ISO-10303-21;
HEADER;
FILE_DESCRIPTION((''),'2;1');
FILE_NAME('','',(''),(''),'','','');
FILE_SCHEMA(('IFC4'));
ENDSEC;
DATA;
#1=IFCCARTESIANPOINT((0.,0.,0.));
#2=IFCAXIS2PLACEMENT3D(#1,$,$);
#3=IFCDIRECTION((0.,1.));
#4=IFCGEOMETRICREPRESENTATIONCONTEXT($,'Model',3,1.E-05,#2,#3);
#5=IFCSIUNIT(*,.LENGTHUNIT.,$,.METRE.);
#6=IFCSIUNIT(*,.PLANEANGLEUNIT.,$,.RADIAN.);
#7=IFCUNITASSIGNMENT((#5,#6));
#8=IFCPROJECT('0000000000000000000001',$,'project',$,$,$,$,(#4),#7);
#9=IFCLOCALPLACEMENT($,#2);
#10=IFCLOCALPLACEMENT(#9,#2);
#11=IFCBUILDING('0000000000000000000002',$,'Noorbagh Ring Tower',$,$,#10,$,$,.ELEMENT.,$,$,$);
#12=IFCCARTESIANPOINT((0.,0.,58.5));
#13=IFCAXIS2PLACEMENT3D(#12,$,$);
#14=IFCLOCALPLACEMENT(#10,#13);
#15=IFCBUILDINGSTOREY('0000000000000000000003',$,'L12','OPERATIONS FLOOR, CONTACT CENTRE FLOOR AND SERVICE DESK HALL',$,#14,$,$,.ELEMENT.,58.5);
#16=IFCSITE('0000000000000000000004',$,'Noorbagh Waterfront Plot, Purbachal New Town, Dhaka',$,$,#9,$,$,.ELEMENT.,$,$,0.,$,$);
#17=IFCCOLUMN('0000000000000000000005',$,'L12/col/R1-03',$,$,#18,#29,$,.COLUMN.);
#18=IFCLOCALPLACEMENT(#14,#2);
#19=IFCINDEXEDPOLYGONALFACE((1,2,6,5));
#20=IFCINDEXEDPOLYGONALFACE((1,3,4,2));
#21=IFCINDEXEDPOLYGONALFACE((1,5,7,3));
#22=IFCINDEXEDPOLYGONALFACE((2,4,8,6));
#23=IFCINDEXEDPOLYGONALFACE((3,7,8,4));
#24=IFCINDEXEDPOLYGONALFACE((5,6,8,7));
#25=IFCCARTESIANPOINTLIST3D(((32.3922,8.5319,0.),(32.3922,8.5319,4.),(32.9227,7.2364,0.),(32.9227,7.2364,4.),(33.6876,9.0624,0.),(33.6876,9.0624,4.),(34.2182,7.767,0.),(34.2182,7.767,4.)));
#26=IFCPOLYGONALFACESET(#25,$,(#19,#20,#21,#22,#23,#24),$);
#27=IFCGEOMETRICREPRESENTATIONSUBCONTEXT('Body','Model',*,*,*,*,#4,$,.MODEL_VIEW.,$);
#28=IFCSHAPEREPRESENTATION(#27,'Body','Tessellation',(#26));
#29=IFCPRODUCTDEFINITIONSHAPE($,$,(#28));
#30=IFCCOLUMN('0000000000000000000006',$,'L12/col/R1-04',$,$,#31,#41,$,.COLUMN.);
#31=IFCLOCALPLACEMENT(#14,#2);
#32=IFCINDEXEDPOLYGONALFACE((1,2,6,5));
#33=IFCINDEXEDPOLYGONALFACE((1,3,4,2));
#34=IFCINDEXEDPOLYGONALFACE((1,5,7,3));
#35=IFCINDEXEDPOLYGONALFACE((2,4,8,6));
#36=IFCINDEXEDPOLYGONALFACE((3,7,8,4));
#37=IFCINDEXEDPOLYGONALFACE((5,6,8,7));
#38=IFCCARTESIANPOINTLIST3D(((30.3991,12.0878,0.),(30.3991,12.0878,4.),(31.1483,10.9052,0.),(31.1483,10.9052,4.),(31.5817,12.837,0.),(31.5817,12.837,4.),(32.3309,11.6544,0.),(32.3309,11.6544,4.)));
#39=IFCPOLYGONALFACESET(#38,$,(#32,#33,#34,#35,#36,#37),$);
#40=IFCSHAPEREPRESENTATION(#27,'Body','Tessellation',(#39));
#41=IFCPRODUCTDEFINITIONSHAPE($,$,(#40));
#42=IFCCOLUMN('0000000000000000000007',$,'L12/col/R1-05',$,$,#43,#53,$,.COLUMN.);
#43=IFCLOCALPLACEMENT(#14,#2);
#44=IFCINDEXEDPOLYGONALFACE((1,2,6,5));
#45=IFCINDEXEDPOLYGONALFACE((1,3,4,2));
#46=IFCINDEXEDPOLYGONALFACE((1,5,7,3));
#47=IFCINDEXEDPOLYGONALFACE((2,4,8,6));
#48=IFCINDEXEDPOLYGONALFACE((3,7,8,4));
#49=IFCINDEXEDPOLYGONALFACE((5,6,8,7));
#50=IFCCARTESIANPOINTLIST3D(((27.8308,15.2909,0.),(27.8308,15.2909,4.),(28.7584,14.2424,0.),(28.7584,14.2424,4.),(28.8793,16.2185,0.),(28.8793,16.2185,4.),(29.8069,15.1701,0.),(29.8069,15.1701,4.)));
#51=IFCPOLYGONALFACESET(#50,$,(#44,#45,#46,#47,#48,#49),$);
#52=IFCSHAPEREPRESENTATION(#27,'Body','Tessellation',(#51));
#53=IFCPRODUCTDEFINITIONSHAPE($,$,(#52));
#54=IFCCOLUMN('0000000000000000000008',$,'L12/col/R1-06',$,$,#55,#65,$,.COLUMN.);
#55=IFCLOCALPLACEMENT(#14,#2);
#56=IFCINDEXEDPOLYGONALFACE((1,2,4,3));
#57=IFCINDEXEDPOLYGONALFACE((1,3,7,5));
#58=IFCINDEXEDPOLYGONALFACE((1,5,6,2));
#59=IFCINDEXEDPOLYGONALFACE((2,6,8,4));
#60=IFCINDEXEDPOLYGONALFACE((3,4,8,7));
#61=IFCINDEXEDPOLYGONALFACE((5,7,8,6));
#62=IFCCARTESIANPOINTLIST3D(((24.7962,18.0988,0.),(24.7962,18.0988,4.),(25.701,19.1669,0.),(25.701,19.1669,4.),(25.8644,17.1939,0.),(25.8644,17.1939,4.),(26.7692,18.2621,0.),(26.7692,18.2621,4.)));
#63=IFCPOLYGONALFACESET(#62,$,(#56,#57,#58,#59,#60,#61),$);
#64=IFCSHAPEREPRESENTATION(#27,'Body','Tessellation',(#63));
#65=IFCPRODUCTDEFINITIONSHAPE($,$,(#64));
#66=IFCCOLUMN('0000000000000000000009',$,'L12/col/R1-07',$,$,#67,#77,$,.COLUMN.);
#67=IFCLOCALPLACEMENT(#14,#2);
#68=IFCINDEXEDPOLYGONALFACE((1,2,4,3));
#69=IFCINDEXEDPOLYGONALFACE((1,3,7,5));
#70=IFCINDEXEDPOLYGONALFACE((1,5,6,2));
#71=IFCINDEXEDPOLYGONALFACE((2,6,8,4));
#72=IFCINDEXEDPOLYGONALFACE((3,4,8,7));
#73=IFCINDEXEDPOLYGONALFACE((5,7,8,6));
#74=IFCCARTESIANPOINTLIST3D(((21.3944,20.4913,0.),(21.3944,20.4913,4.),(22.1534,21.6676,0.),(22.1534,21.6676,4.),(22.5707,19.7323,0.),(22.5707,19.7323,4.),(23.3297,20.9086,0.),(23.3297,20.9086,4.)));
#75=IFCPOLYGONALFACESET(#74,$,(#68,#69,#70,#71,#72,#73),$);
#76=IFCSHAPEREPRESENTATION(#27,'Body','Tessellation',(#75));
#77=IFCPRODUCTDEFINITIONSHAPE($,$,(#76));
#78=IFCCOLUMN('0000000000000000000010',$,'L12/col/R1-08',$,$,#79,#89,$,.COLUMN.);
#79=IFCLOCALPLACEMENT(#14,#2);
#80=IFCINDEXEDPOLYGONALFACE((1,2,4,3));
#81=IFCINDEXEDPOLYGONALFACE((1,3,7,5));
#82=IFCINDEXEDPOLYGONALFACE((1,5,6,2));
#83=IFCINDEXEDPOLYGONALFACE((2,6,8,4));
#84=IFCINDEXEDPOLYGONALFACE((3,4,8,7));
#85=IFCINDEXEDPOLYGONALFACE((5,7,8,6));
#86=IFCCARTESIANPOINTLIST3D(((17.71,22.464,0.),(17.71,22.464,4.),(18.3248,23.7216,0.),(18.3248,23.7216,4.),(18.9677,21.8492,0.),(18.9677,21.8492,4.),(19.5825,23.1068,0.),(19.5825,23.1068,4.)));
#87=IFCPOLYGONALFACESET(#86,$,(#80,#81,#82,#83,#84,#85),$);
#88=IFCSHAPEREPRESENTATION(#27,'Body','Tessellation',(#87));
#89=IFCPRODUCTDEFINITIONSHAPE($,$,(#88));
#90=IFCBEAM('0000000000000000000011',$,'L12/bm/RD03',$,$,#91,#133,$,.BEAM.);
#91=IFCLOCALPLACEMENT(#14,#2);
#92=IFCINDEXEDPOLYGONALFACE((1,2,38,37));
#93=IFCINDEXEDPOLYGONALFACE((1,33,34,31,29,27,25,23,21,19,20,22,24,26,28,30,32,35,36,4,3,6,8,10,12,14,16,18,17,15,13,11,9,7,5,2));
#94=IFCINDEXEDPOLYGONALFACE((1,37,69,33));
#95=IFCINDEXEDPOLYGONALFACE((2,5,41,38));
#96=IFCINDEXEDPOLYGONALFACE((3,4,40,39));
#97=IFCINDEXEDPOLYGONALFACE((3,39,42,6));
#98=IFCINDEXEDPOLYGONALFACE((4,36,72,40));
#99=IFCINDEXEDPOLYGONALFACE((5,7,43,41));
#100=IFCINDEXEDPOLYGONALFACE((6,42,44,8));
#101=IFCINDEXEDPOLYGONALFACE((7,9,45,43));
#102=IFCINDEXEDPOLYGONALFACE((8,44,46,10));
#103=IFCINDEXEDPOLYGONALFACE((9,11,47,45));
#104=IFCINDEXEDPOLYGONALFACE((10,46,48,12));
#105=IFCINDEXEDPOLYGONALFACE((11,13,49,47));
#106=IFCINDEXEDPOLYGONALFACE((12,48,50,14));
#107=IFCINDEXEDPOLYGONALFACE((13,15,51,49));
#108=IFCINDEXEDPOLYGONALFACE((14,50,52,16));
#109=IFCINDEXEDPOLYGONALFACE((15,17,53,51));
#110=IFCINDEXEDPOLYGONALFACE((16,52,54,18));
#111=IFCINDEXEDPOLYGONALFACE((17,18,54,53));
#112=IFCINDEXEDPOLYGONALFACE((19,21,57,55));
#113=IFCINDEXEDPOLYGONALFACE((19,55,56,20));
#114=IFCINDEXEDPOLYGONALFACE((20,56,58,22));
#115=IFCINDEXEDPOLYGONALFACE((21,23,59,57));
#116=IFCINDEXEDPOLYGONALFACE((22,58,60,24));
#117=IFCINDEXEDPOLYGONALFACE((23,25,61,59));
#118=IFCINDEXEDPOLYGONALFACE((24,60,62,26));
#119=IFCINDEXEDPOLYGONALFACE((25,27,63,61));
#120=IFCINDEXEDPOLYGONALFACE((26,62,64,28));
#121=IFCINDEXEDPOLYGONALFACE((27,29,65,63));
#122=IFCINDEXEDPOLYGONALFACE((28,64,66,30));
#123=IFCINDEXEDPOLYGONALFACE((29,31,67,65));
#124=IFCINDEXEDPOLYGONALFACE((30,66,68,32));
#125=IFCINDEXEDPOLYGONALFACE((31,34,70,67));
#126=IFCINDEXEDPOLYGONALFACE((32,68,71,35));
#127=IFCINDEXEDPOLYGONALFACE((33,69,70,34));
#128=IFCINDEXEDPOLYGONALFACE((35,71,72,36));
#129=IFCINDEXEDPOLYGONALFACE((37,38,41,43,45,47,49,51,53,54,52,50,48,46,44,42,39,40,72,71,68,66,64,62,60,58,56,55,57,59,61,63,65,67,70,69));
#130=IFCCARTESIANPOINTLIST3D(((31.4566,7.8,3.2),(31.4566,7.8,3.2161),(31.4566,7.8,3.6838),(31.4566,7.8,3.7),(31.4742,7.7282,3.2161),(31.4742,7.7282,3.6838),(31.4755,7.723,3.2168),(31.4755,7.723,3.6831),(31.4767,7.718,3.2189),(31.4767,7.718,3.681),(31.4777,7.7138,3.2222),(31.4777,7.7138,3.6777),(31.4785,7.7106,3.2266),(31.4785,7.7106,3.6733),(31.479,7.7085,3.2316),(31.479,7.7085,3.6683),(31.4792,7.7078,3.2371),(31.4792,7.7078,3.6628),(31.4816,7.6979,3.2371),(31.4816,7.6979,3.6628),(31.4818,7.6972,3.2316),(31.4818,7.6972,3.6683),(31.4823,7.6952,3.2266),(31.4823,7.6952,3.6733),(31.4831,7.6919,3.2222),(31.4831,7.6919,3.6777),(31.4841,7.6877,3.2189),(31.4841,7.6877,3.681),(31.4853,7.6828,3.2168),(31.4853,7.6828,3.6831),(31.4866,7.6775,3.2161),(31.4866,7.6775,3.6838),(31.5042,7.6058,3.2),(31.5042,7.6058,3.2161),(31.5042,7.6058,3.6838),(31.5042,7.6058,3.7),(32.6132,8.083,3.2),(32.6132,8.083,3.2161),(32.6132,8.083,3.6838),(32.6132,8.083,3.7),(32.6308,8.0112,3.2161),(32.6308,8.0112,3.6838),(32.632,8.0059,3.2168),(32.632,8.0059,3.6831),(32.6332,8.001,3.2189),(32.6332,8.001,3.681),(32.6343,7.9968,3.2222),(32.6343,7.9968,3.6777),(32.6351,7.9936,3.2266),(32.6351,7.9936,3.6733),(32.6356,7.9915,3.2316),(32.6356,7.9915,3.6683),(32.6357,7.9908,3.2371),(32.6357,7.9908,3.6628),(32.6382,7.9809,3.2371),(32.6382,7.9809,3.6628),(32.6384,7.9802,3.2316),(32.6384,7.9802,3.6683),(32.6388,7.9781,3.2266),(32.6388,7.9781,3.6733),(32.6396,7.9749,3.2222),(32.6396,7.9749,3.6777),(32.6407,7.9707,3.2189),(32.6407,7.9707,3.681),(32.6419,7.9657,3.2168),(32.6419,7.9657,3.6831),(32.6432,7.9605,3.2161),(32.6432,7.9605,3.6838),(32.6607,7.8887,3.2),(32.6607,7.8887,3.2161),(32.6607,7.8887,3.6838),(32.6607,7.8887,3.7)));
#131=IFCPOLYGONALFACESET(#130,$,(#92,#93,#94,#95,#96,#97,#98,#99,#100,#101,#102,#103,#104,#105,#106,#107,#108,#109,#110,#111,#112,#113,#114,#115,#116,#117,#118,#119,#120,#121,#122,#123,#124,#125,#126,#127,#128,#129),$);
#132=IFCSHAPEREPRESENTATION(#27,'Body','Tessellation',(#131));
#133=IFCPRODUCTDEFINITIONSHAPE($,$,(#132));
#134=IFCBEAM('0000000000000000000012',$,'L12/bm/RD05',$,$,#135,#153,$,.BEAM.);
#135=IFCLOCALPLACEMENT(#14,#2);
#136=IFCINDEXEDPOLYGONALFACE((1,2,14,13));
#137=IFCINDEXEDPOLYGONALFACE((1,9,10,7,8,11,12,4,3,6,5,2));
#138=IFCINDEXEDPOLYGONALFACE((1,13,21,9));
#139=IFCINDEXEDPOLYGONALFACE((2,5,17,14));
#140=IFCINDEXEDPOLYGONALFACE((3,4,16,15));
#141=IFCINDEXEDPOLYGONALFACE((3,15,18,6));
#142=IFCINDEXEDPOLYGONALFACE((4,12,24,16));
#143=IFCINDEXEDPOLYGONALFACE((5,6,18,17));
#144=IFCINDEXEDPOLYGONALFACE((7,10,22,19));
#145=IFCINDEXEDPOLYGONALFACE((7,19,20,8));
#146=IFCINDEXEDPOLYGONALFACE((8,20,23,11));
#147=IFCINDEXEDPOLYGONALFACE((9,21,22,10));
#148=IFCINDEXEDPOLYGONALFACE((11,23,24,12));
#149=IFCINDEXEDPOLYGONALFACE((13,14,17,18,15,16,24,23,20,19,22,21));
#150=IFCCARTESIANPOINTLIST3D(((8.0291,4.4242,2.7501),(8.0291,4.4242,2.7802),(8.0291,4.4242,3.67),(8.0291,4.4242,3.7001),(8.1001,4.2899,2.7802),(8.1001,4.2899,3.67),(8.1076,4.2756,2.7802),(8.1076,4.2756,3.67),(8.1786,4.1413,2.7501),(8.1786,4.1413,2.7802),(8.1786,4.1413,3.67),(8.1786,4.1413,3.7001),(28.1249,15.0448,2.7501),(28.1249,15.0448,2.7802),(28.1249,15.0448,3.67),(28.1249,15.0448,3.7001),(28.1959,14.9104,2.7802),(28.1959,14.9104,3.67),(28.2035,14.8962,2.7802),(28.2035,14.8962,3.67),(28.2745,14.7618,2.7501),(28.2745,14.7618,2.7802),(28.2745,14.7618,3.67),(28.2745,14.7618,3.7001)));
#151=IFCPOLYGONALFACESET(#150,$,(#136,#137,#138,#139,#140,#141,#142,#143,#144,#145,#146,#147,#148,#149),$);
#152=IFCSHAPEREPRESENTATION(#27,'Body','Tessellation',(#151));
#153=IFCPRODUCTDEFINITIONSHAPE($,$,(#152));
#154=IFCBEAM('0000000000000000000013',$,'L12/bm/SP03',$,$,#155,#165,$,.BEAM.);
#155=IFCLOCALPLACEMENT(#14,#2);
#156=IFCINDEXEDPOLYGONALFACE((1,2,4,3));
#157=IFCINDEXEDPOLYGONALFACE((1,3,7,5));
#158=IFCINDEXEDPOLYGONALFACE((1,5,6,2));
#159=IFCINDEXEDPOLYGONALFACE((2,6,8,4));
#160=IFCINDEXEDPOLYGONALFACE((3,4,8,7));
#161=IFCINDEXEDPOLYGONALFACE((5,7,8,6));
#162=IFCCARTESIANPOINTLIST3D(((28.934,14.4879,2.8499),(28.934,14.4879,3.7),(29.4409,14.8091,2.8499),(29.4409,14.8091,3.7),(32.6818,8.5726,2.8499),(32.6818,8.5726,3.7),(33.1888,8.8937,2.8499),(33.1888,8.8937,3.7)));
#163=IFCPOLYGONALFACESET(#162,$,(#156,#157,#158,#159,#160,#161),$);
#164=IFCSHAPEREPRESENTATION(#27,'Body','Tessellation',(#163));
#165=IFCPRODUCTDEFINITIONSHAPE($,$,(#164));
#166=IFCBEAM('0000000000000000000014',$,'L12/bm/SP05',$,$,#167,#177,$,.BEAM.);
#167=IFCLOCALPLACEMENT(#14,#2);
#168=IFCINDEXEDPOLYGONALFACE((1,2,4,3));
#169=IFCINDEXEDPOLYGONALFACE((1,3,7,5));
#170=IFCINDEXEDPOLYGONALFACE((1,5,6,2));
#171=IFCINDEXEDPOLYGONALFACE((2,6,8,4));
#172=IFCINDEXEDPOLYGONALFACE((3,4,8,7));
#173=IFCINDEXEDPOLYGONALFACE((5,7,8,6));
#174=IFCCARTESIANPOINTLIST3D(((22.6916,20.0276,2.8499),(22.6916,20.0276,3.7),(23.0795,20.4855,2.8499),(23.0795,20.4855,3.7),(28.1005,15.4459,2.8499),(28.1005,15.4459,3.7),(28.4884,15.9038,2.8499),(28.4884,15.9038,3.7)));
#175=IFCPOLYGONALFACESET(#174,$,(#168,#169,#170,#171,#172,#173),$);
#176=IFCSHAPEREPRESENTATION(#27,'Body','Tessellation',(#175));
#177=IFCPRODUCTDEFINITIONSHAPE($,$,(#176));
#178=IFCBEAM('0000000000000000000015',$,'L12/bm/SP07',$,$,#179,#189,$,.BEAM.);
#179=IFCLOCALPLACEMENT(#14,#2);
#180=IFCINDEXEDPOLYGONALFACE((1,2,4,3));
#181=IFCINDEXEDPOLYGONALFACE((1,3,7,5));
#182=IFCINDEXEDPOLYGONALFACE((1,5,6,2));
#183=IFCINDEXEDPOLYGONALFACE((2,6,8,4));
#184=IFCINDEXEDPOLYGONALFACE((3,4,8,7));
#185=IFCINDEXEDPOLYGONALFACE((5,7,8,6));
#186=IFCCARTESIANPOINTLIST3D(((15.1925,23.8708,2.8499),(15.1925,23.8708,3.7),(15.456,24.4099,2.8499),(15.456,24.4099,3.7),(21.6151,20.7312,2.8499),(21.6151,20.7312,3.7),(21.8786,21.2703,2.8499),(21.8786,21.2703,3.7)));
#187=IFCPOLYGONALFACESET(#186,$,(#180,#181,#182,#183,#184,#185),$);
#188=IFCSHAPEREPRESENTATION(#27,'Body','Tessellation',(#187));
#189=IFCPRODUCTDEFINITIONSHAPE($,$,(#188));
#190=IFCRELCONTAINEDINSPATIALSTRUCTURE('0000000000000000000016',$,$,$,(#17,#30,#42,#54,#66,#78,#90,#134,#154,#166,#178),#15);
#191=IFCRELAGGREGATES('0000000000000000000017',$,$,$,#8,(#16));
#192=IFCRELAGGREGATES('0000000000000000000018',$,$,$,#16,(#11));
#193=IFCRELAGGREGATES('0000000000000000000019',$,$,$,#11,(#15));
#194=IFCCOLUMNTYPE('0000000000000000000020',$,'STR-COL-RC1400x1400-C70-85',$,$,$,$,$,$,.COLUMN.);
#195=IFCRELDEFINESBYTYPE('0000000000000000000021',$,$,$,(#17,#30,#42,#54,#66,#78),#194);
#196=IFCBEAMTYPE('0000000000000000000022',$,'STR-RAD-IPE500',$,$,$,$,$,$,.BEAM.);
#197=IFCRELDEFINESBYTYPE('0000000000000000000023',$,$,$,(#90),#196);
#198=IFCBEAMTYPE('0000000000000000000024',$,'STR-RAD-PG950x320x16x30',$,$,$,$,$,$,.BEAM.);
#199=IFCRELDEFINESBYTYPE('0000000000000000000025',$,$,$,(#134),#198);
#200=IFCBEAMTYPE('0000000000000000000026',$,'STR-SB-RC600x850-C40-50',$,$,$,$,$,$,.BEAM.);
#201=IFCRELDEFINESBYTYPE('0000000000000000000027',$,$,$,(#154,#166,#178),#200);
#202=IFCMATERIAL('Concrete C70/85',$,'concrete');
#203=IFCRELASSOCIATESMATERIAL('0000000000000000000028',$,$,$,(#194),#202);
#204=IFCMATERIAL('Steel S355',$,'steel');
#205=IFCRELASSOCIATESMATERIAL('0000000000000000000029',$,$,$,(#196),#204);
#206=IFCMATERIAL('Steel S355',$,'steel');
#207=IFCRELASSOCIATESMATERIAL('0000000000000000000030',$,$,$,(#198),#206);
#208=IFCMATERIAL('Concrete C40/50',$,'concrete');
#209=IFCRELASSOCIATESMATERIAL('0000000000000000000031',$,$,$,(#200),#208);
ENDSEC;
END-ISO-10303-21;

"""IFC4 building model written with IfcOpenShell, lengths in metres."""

from ifc_helpers import new_model, si_unit, direction, frame, origin, origin_2d, place, context, subcontext, project, spatial, rectangle, i_section, extrude, material, material_profile, profile_set, type_object, element, save


model = new_model("IFC4")

# Units and contexts
model_context = context("Model", 3, precision=1e-05, world=origin(), true_north=direction((0.0, 1.0)))
body_context = subcontext(model_context, "Body", "Model", "MODEL_VIEW")
ifc_project = project(units=[si_unit("LENGTHUNIT", "METRE"), si_unit("PLANEANGLEUNIT", "RADIAN")], contexts=[model_context])

# Site, building, storey
site_placement = place(None, origin())
site = spatial("IfcSite", under=ifc_project, at=site_placement, Name="Noorbagh Waterfront Plot, Purbachal New Town, Dhaka", CompositionType="ELEMENT", RefElevation=0.0)
building_placement = place(site_placement, origin())
building = spatial("IfcBuilding", under=site, at=building_placement, Name="Noorbagh Ring Tower", CompositionType="ELEMENT")
storey_placement = place(building_placement, frame((0.0, 0.0, 58.5)))
storey = spatial("IfcBuildingStorey", under=building, at=storey_placement, Name="L12", Description="OPERATIONS FLOOR, CONTACT CENTRE FLOOR AND SERVICE DESK HALL", CompositionType="ELEMENT", Elevation=58.5)

# Columns
ifc_material_1 = material(Name="Concrete C70/85", Category="concrete")
ifc_material_profile_1 = material_profile(ifc_material_1, rectangle(XDim=1.3999, YDim=1.3999, at=origin_2d()), Name="RC1400x1400")
ifc_profile_set_1 = profile_set([ifc_material_profile_1], Name="Concrete C70/85")
column_type = type_object("IfcColumnType", Name="STR-COL-RC1400x1400-C70-85", PredefinedType="COLUMN", material=ifc_profile_set_1)
for number, where, z_axis, x_axis, name in (
    (1, (33.3052, 8.1494, 0.0), (0.0, 0.0, 1.0), (-0.378989, 0.925401, 0.0), "L12/col/R1-03"),
    (2, (31.365, 11.8711, 0.0), (0.0, 0.0, 1.0), (-0.53519, 0.844731, 0.0), "L12/col/R1-04"),
    (3, (28.8188, 15.2305, 0.0), (0.0, 0.0, 1.0), (-0.662636, 0.748942, 0.0), "L12/col/R1-05"),
    (4, (25.7827, 18.1804, 0.0), (0.0, 0.0, 1.0), (-0.763035, 0.646357, 0.0), "L12/col/R1-06"),
    (5, (22.3621, 20.7, 0.0), (0.0, 0.0, 1.0), (-0.840248, 0.542203, 0.0), "L12/col/R1-07"),
    (6, (18.6462, 22.7854, 0.0), (0.0, 0.0, 1.0), (-0.898399, 0.43918, 0.0), "L12/col/R1-08"),
):
    element("IfcColumn", number, at=place(storey_placement, frame(where, z_axis=z_axis, x_axis=x_axis)), inside=storey, type_object=column_type, Name=name, PredefinedType="COLUMN", context=body_context, shape_type="SweptSolid", body=[
        extrude(rectangle(XDim=1.3999, YDim=1.3999, at=origin_2d()), origin(), (0.0, 0.0, 1.0), 4.0),
    ])

# Beams
ifc_material_2 = material(Name="Steel S355", Category="steel")
ifc_material_profile_2 = material_profile(ifc_material_2, i_section(OverallWidth=0.2, OverallDepth=0.5, WebThickness=0.0103, FlangeThickness=0.0161, FilletRadius=0.021, at=origin_2d()), Name="IPE500")
ifc_profile_set_2 = profile_set([ifc_material_profile_2], Name="Steel S355")
beam_type_1 = type_object("IfcBeamType", Name="STR-RAD-IPE500", PredefinedType="BEAM", material=ifc_profile_set_2)
beam_1_placement = place(storey_placement, frame((32.637, 7.9858, 3.45), z_axis=(-0.971349, -0.237659, 0.0), x_axis=(0.237659, -0.971349, 0.0)))
element("IfcBeam", 7, at=beam_1_placement, inside=storey, type_object=beam_type_1, Name="L12/bm/RD03", PredefinedType="BEAM", context=body_context, shape_type="SweptSolid", body=[
    extrude(i_section(OverallWidth=0.2, OverallDepth=0.5, WebThickness=0.0103, FlangeThickness=0.0161, FilletRadius=0.021, at=origin_2d()), origin(), (0.0, 0.0, 1.0), 1.1907),
])
ifc_material_3 = material(Name="Steel S355", Category="steel")
ifc_material_profile_3 = material_profile(ifc_material_3, i_section(OverallWidth=0.3201, OverallDepth=0.95, WebThickness=0.0161, FlangeThickness=0.03, at=origin_2d()), Name="PG950x320x16x30")
ifc_profile_set_3 = profile_set([ifc_material_profile_3], Name="Steel S355")
beam_type_2 = type_object("IfcBeamType", Name="STR-RAD-PG950x320x16x30", PredefinedType="BEAM", material=ifc_profile_set_3)
beam_2_placement = place(storey_placement, frame((28.1997, 14.9033, 3.2251), z_axis=(-0.884123, -0.467254, 0.0), x_axis=(0.467254, -0.884123, 0.0)))
element("IfcBeam", 8, at=beam_2_placement, inside=storey, type_object=beam_type_2, Name="L12/bm/RD05", PredefinedType="BEAM", context=body_context, shape_type="SweptSolid", body=[
    extrude(i_section(OverallWidth=0.3201, OverallDepth=0.95, WebThickness=0.0161, FlangeThickness=0.03, at=origin_2d()), origin(), (0.0, 0.0, 1.0), 22.7297),
])
ifc_material_4 = material(Name="Concrete C40/50", Category="concrete")
ifc_material_profile_4 = material_profile(ifc_material_4, rectangle(XDim=0.6001, YDim=0.8501, at=origin_2d()), Name="RC600x850")
ifc_profile_set_4 = profile_set([ifc_material_profile_4], Name="Concrete C40/50")
beam_type_3 = type_object("IfcBeamType", Name="STR-SB-RC600x850-C40-50", PredefinedType="BEAM", material=ifc_profile_set_4)
beam_3_placement = place(storey_placement, frame((32.9353, 8.7332, 3.2749), z_axis=(-0.535201, 0.844725, 0.0), x_axis=(-0.844725, -0.535201, 0.0)))
element("IfcBeam", 9, at=beam_3_placement, inside=storey, type_object=beam_type_3, Name="L12/bm/SP03", PredefinedType="BEAM", context=body_context, shape_type="SweptSolid", body=[
    extrude(rectangle(XDim=0.6001, YDim=0.8501, at=origin_2d()), origin(), (0.0, 0.0, 1.0), 7.0027),
])
beam_4_placement = place(storey_placement, frame((28.2944, 15.6748, 3.2749), z_axis=(-0.763039, 0.646353, 0.0), x_axis=(-0.646353, -0.763039, 0.0)))
element("IfcBeam", 10, at=beam_4_placement, inside=storey, type_object=beam_type_3, Name="L12/bm/SP05", PredefinedType="BEAM", context=body_context, shape_type="SweptSolid", body=[
    extrude(rectangle(XDim=0.6001, YDim=0.8501, at=origin_2d()), origin(), (0.0, 0.0, 1.0), 7.0886),
])
beam_5_placement = place(storey_placement, frame((21.7468, 21.0007, 3.2749), z_axis=(-0.898401, 0.439177, 0.0), x_axis=(-0.439177, -0.898401, 0.0)))
element("IfcBeam", 11, at=beam_5_placement, inside=storey, type_object=beam_type_3, Name="L12/bm/SP07", PredefinedType="BEAM", context=body_context, shape_type="SweptSolid", body=[
    extrude(rectangle(XDim=0.6001, YDim=0.8501, at=origin_2d()), origin(), (0.0, 0.0, 1.0), 7.1489),
])

save(model, "model.ifc")
